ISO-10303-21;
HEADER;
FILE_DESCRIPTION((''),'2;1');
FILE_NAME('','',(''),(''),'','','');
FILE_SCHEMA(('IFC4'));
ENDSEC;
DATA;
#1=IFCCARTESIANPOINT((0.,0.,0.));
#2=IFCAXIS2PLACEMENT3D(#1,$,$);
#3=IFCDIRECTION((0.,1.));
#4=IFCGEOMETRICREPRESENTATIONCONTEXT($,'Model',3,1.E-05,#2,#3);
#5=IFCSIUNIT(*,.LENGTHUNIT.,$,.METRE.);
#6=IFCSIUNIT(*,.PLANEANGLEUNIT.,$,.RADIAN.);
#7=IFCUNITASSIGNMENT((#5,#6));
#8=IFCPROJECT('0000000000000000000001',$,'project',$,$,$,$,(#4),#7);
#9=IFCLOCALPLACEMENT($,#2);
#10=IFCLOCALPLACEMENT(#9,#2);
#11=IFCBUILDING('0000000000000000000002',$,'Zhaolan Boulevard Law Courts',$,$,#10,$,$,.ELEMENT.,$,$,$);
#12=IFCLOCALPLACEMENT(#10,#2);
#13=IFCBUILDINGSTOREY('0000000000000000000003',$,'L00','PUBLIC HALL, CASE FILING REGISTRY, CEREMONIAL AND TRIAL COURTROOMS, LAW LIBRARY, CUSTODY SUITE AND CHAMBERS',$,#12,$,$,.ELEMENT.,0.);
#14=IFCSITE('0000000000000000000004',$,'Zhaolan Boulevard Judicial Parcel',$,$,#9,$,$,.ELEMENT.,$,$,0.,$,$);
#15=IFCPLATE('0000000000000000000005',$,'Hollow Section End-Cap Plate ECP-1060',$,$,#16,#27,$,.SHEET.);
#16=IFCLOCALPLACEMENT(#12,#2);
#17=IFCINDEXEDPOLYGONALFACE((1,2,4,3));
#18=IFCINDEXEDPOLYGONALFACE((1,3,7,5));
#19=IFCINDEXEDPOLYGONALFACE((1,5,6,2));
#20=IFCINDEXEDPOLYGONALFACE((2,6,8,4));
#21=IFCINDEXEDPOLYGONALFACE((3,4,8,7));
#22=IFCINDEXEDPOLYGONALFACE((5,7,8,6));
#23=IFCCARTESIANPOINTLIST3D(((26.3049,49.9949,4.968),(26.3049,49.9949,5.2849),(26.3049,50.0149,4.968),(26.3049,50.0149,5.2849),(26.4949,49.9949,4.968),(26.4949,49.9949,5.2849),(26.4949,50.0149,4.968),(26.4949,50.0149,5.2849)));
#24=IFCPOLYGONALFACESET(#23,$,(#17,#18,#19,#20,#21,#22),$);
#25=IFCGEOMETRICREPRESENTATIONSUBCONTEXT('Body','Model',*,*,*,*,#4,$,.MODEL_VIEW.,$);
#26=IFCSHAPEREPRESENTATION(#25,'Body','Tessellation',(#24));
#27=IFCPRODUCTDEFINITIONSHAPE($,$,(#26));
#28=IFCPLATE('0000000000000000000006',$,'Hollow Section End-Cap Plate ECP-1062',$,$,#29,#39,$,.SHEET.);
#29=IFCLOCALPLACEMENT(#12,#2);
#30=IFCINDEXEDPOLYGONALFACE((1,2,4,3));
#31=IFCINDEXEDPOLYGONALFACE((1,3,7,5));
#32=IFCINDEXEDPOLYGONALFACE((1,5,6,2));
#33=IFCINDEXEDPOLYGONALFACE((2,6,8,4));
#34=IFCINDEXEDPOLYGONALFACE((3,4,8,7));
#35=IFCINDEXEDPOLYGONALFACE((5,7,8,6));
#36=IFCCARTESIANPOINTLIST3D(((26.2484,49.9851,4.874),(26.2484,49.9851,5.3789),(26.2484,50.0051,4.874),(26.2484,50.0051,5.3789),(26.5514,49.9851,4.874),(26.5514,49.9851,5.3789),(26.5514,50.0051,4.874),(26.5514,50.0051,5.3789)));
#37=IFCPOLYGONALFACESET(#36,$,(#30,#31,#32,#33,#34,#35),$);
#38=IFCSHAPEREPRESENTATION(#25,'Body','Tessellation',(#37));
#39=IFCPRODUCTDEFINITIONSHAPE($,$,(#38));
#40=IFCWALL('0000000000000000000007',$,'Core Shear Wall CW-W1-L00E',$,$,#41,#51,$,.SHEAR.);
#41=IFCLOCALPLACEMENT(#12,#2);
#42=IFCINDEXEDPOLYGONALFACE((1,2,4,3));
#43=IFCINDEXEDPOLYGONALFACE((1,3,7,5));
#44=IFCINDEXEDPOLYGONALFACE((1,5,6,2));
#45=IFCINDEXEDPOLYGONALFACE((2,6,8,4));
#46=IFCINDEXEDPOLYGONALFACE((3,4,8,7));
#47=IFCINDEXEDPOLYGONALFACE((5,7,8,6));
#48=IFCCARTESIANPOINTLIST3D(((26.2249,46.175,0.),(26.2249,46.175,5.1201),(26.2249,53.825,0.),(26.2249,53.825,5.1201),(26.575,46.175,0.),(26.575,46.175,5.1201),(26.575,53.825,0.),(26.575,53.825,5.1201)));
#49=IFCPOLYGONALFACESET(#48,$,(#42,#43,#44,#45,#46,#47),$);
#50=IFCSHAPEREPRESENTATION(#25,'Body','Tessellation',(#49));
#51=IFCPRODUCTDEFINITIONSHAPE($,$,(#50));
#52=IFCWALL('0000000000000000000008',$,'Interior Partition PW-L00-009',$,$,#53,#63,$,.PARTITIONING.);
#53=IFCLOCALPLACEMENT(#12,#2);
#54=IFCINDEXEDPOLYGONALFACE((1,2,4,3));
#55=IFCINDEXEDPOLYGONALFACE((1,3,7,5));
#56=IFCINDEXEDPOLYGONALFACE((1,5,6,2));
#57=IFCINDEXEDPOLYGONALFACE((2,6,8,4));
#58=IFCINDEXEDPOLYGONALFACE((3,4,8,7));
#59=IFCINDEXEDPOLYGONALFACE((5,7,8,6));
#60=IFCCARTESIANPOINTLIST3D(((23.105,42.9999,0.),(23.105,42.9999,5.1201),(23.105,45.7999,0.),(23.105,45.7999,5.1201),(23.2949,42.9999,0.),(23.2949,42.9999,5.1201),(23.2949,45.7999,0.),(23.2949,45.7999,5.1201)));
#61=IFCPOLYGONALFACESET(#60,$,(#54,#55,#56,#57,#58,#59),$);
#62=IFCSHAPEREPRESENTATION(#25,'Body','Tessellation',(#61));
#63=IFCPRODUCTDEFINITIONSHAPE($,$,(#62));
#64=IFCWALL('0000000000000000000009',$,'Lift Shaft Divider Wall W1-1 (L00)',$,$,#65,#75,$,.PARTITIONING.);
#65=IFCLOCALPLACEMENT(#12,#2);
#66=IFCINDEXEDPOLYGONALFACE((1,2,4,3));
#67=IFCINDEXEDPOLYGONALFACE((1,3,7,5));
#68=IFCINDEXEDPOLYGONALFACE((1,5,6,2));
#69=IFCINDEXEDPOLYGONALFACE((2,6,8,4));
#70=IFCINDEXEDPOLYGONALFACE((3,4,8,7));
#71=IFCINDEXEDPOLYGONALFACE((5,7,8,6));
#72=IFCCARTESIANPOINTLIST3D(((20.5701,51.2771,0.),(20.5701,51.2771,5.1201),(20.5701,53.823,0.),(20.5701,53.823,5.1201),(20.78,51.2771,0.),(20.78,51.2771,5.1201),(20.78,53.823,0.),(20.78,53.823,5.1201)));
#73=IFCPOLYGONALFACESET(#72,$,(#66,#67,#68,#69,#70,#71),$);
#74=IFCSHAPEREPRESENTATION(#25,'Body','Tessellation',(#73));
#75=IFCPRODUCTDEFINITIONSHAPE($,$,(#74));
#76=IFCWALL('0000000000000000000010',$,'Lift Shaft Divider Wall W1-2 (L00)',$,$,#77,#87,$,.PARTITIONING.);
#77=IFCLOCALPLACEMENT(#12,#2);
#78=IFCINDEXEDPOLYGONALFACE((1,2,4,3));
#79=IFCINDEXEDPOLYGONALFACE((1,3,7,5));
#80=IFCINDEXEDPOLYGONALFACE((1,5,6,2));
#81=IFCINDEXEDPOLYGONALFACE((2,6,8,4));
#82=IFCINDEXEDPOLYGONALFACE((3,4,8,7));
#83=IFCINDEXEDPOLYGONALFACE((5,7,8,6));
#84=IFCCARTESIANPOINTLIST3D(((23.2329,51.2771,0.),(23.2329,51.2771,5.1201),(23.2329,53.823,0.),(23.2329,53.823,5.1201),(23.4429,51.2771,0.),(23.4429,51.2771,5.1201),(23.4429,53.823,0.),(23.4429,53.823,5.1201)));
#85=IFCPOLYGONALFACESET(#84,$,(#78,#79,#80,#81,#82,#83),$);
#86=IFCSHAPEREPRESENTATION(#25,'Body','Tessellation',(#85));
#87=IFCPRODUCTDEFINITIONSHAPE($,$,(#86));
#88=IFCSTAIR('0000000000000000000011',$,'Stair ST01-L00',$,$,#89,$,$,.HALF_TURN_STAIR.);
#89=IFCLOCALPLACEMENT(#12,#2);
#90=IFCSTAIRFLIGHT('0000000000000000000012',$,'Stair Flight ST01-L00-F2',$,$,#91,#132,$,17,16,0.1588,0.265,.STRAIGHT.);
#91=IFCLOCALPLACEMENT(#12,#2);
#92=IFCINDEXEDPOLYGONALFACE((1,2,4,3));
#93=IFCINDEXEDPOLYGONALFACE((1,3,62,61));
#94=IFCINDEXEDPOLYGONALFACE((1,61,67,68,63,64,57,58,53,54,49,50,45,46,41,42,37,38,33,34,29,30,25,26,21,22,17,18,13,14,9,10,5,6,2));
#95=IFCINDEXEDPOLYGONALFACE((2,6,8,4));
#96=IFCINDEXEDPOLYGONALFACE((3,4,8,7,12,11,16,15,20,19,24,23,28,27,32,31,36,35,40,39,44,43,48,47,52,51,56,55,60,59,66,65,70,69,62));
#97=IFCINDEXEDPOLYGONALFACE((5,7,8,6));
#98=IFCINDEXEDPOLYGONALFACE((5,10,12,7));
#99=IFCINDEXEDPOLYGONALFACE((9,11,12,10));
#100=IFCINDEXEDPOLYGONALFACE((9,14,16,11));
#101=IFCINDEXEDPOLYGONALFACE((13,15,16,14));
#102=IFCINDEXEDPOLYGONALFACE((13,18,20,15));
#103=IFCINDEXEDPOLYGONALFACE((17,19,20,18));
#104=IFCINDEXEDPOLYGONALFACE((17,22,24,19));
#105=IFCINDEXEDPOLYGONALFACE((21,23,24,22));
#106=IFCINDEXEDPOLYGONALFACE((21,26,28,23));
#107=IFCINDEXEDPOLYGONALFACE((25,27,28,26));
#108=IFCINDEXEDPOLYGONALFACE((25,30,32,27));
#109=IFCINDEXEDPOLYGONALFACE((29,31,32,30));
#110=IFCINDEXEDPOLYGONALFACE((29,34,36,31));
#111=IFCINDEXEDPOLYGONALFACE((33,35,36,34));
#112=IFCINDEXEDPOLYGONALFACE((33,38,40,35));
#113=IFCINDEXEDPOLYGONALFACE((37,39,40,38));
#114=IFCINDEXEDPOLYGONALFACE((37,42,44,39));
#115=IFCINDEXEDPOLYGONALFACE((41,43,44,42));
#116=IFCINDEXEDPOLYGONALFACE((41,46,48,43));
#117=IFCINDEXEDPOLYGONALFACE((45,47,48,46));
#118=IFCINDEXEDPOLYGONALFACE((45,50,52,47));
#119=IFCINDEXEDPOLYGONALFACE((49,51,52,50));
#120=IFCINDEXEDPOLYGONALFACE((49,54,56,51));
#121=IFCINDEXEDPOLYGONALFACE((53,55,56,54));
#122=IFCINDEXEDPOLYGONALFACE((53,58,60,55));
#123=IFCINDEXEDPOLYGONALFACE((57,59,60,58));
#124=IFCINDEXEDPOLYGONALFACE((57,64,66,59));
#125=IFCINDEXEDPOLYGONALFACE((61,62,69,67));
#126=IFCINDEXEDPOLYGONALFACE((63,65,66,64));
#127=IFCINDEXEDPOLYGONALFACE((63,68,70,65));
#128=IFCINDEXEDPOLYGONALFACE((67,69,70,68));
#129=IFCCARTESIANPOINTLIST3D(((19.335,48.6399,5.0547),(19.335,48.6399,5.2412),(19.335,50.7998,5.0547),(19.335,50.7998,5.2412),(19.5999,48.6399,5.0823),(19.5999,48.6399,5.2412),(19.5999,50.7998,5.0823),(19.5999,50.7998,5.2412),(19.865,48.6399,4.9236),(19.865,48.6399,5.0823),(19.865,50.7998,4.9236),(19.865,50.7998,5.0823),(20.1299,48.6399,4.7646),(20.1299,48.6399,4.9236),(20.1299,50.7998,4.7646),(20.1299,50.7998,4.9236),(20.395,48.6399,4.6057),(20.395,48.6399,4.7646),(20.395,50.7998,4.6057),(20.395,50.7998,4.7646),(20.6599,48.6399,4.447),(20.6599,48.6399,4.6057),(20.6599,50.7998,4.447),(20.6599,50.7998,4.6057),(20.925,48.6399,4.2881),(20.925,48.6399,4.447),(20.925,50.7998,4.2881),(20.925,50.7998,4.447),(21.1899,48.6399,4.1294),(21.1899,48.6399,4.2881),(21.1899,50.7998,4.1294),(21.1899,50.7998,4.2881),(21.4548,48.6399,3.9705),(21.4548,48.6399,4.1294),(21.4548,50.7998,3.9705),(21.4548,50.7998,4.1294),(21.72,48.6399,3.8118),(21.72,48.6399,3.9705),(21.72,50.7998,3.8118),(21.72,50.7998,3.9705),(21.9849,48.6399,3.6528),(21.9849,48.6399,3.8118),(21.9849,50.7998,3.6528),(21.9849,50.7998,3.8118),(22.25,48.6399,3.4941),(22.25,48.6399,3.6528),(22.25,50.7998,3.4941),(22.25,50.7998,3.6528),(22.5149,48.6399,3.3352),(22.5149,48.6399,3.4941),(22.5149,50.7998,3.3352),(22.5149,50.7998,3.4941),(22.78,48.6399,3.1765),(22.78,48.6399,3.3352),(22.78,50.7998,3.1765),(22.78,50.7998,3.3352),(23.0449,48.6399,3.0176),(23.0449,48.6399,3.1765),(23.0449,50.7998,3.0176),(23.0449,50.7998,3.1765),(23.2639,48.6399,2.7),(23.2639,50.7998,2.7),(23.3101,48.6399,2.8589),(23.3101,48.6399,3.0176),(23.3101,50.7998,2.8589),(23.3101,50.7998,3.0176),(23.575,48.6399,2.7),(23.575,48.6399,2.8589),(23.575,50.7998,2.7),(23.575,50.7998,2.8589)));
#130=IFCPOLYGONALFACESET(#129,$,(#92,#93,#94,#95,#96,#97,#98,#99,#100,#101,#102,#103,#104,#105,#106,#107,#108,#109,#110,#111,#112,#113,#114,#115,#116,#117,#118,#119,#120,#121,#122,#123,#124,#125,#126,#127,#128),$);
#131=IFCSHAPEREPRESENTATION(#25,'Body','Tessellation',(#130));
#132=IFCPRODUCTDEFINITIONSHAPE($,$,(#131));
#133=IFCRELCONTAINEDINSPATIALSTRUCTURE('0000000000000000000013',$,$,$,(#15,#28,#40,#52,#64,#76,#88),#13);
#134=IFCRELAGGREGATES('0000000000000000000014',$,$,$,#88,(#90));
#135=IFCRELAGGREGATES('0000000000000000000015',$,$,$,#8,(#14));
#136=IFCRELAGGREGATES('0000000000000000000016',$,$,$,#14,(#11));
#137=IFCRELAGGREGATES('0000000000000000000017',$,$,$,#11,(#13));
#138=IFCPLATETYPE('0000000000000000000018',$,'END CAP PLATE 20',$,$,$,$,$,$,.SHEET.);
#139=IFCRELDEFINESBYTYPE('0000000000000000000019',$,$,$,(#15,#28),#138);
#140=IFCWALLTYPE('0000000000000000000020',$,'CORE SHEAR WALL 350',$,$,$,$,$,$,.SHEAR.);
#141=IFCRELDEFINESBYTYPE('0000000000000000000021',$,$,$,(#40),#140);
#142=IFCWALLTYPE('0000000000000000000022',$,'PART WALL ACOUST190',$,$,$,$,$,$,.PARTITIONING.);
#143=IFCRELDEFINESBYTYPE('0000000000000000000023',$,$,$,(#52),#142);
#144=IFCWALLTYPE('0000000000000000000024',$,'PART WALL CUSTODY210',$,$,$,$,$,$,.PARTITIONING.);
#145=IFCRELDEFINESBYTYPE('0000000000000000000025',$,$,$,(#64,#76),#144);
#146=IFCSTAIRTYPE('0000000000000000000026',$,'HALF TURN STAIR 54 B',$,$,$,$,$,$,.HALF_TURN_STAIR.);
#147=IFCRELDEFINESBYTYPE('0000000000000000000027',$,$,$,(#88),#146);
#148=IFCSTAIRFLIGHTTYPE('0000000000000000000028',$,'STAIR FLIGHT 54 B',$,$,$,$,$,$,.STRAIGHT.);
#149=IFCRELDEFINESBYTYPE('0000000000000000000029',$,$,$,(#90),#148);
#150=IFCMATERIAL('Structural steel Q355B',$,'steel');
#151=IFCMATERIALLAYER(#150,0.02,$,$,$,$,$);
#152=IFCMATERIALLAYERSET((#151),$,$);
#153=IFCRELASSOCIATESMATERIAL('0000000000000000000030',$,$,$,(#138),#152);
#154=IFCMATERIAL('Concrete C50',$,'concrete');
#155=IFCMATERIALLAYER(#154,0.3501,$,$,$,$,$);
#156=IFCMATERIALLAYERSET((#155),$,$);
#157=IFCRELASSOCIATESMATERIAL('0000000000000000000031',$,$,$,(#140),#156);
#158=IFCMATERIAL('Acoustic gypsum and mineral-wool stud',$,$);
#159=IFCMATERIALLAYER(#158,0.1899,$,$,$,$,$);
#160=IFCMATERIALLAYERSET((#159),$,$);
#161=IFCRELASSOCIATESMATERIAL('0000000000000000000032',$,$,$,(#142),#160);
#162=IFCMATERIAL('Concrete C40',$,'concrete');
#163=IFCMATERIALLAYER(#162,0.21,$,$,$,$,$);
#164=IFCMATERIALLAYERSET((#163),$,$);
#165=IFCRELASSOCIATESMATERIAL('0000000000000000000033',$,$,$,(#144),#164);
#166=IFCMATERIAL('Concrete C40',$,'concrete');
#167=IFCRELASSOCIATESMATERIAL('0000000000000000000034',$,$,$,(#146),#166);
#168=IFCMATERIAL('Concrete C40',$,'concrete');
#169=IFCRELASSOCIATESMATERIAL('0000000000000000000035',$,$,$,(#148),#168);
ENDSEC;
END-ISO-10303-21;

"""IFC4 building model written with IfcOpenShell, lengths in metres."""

from ifc_helpers import new_model, si_unit, direction, frame, frame_2d, origin, origin_2d, place, context, subcontext, project, spatial, polyline, rectangle, outline, extrude, material, layer, layer_set, type_object, element, aggregate, save


model = new_model("IFC4")

# Units and contexts
model_context = context("Model", 3, precision=1e-05, world=origin(), true_north=direction((0.0, 1.0)))
body_context = subcontext(model_context, "Body", "Model", "MODEL_VIEW")
ifc_project = project(units=[si_unit("LENGTHUNIT", "METRE"), si_unit("PLANEANGLEUNIT", "RADIAN")], contexts=[model_context])

# Site, building, storey
site_placement = place(None, origin())
site = spatial("IfcSite", under=ifc_project, at=site_placement, Name="Zhaolan Boulevard Judicial Parcel", CompositionType="ELEMENT", RefElevation=0.0)
building_placement = place(site_placement, origin())
building = spatial("IfcBuilding", under=site, at=building_placement, Name="Zhaolan Boulevard Law Courts", CompositionType="ELEMENT")
storey_placement = place(building_placement, origin())
storey = spatial("IfcBuildingStorey", under=building, at=storey_placement, Name="L00", Description="PUBLIC HALL, CASE FILING REGISTRY, CEREMONIAL AND TRIAL COURTROOMS, LAW LIBRARY, CUSTODY SUITE AND CHAMBERS", CompositionType="ELEMENT", Elevation=0.0)

# Plates
ifc_material_1 = material(Name="Structural steel Q355B", Category="steel")
ifc_layer_1 = layer(ifc_material_1, 0.02)
ifc_layer_set_1 = layer_set([ifc_layer_1])
plate_type_1 = type_object("IfcPlateType", Name="END CAP PLATE 20", PredefinedType="SHEET", material=ifc_layer_set_1)
for number, where, z_axis, x_axis, name in (
    (1, (26.3999, 50.0049, 4.968), (0.0, 0.0, 1.0), (0.0, 1.0, 0.0), "Hollow Section End-Cap Plate ECP-1060"),
):
    element("IfcPlate", number, at=place(storey_placement, frame(where, z_axis=z_axis, x_axis=x_axis)), inside=storey, type_object=plate_type_1, Name=name, PredefinedType="SHEET", context=body_context, shape_type="SweptSolid", body=[
        extrude(rectangle(XDim=0.02, YDim=0.1899, at=origin_2d()), origin(), (0.0, 0.0, 1.0), 0.3169),
    ])
plate_1_placement = place(storey_placement, frame((26.3999, 49.9951, 4.874), z_axis=(0.0, 0.0, 1.0), x_axis=(0.0, -1.0, 0.0)))
element("IfcPlate", 2, at=plate_1_placement, inside=storey, type_object=plate_type_1, Name="Hollow Section End-Cap Plate ECP-1062", PredefinedType="SHEET", context=body_context, shape_type="SweptSolid", body=[
    extrude(rectangle(XDim=0.02, YDim=0.303, at=origin_2d()), origin(), (0.0, 0.0, 1.0), 0.5049),
])

# Walls
ifc_material_2 = material(Name="Concrete C50", Category="concrete")
ifc_layer_2 = layer(ifc_material_2, 0.3501)
ifc_layer_set_2 = layer_set([ifc_layer_2])
wall_type_1 = type_object("IfcWallType", Name="CORE SHEAR WALL 350", PredefinedType="SHEAR", material=ifc_layer_set_2)
wall_1_placement = place(storey_placement, frame((26.3999, 46.175, 0.0), z_axis=(0.0, 0.0, 1.0), x_axis=(0.0, 1.0, 0.0)))
element("IfcWall", 3, at=wall_1_placement, inside=storey, type_object=wall_type_1, Name="Core Shear Wall CW-W1-L00E", PredefinedType="SHEAR", context=body_context, shape_type="SweptSolid", body=[
    extrude(rectangle(XDim=7.6499, YDim=0.3501, at=frame_2d((3.825, 0.0))), origin(), (0.0, 0.0, 1.0), 5.1201),
])
ifc_material_3 = material(Name="Acoustic gypsum and mineral-wool stud")
ifc_layer_3 = layer(ifc_material_3, 0.1899)
ifc_layer_set_3 = layer_set([ifc_layer_3])
wall_type_2 = type_object("IfcWallType", Name="PART WALL ACOUST190", PredefinedType="PARTITIONING", material=ifc_layer_set_3)
wall_2_placement = place(storey_placement, frame((23.2, 43.0, 0.0), z_axis=(0.0, 0.0, 1.0), x_axis=(0.0, 1.0, 0.0)))
element("IfcWall", 4, at=wall_2_placement, inside=storey, type_object=wall_type_2, Name="Interior Partition PW-L00-009", PredefinedType="PARTITIONING", context=body_context, shape_type="SweptSolid", body=[
    extrude(rectangle(XDim=2.8, YDim=0.1899, at=frame_2d((1.3999, 0.0))), origin(), (0.0, 0.0, 1.0), 5.1201),
])
ifc_material_4 = material(Name="Concrete C40", Category="concrete")
ifc_layer_4 = layer(ifc_material_4, 0.21)
ifc_layer_set_4 = layer_set([ifc_layer_4])
wall_type_3 = type_object("IfcWallType", Name="PART WALL CUSTODY210", PredefinedType="PARTITIONING", material=ifc_layer_set_4)
for number, where, z_axis, x_axis, name in (
    (5, (20.675, 51.2771, 0.0), (0.0, 0.0, 1.0), (0.0, 1.0, 0.0), "Lift Shaft Divider Wall W1-1 (L00)"),
    (6, (23.3379, 51.2771, 0.0), (0.0, 0.0, 1.0), (0.0, 1.0, 0.0), "Lift Shaft Divider Wall W1-2 (L00)"),
):
    element("IfcWall", number, at=place(storey_placement, frame(where, z_axis=z_axis, x_axis=x_axis)), inside=storey, type_object=wall_type_3, Name=name, PredefinedType="PARTITIONING", context=body_context, shape_type="SweptSolid", body=[
        extrude(rectangle(XDim=2.5459, YDim=0.21, at=frame_2d((1.2729, 0.0))), origin(), (0.0, 0.0, 1.0), 5.1201),
    ])

# Stair, stair flight
ifc_material_5 = material(Name="Concrete C40", Category="concrete")
stair_type = type_object("IfcStairType", Name="HALF TURN STAIR 54 B", PredefinedType="HALF_TURN_STAIR", material=ifc_material_5)
stair_placement = place(storey_placement, origin())
stair = element("IfcStair", 7, at=stair_placement, inside=storey, type_object=stair_type, Name="Stair ST01-L00", PredefinedType="HALF_TURN_STAIR")
ifc_material_6 = material(Name="Concrete C40", Category="concrete")
stair_flight_type = type_object("IfcStairFlightType", Name="STAIR FLIGHT 54 B", PredefinedType="STRAIGHT", material=ifc_material_6)
stair_flight_placement = place(storey_placement, frame((23.575, 49.72, 2.7), z_axis=(0.0, 0.0, 1.0), x_axis=(-1.0, 0.0, 0.0)))
stair_flight = element("IfcStairFlight", 8, at=stair_flight_placement, type_object=stair_flight_type, Name="Stair Flight ST01-L00-F2", NumberOfRisers=17, NumberOfTreads=16, PredefinedType="STRAIGHT", RiserHeight=0.1588, TreadLength=0.265, context=body_context, shape_type="SweptSolid", body=[
    extrude(outline(polyline([(0.0, 0.0), (0.0, 0.1589), (0.2649, 0.1589), (0.2649, 0.3176), (0.53, 0.3176), (0.53, 0.4766), (0.7949, 0.4766), (0.7949, 0.6353), (1.0601, 0.6353), (1.0601, 0.7942), (1.325, 0.7942), (1.325, 0.9529), (1.5901, 0.9529), (1.5901, 1.1118), (1.855, 1.1118), (1.855, 1.2705), (2.1201, 1.2705), (2.1201, 1.4294), (2.385, 1.4294), (2.385, 1.5881), (2.6499, 1.5881), (2.6499, 1.7471), (2.915, 1.7471), (2.915, 1.9058), (3.1799, 1.9058), (3.1799, 2.0647), (3.4451, 2.0647), (3.4451, 2.2236), (3.71, 2.2236), (3.71, 2.3823), (3.9751, 2.3823), (3.9751, 2.5413), (4.24, 2.5413), (4.24, 2.7), (4.24, 2.3547), (0.311, 0.0), (0.0, 0.0)])), frame((0.0, 1.0801, 0.0), z_axis=(0.0, -1.0, 0.0), x_axis=(1.0, 0.0, 0.0)), (0.0, 0.0, 1.0), 2.1599),
])
aggregate(stair, [stair_flight])

save(model, "model.ifc")
